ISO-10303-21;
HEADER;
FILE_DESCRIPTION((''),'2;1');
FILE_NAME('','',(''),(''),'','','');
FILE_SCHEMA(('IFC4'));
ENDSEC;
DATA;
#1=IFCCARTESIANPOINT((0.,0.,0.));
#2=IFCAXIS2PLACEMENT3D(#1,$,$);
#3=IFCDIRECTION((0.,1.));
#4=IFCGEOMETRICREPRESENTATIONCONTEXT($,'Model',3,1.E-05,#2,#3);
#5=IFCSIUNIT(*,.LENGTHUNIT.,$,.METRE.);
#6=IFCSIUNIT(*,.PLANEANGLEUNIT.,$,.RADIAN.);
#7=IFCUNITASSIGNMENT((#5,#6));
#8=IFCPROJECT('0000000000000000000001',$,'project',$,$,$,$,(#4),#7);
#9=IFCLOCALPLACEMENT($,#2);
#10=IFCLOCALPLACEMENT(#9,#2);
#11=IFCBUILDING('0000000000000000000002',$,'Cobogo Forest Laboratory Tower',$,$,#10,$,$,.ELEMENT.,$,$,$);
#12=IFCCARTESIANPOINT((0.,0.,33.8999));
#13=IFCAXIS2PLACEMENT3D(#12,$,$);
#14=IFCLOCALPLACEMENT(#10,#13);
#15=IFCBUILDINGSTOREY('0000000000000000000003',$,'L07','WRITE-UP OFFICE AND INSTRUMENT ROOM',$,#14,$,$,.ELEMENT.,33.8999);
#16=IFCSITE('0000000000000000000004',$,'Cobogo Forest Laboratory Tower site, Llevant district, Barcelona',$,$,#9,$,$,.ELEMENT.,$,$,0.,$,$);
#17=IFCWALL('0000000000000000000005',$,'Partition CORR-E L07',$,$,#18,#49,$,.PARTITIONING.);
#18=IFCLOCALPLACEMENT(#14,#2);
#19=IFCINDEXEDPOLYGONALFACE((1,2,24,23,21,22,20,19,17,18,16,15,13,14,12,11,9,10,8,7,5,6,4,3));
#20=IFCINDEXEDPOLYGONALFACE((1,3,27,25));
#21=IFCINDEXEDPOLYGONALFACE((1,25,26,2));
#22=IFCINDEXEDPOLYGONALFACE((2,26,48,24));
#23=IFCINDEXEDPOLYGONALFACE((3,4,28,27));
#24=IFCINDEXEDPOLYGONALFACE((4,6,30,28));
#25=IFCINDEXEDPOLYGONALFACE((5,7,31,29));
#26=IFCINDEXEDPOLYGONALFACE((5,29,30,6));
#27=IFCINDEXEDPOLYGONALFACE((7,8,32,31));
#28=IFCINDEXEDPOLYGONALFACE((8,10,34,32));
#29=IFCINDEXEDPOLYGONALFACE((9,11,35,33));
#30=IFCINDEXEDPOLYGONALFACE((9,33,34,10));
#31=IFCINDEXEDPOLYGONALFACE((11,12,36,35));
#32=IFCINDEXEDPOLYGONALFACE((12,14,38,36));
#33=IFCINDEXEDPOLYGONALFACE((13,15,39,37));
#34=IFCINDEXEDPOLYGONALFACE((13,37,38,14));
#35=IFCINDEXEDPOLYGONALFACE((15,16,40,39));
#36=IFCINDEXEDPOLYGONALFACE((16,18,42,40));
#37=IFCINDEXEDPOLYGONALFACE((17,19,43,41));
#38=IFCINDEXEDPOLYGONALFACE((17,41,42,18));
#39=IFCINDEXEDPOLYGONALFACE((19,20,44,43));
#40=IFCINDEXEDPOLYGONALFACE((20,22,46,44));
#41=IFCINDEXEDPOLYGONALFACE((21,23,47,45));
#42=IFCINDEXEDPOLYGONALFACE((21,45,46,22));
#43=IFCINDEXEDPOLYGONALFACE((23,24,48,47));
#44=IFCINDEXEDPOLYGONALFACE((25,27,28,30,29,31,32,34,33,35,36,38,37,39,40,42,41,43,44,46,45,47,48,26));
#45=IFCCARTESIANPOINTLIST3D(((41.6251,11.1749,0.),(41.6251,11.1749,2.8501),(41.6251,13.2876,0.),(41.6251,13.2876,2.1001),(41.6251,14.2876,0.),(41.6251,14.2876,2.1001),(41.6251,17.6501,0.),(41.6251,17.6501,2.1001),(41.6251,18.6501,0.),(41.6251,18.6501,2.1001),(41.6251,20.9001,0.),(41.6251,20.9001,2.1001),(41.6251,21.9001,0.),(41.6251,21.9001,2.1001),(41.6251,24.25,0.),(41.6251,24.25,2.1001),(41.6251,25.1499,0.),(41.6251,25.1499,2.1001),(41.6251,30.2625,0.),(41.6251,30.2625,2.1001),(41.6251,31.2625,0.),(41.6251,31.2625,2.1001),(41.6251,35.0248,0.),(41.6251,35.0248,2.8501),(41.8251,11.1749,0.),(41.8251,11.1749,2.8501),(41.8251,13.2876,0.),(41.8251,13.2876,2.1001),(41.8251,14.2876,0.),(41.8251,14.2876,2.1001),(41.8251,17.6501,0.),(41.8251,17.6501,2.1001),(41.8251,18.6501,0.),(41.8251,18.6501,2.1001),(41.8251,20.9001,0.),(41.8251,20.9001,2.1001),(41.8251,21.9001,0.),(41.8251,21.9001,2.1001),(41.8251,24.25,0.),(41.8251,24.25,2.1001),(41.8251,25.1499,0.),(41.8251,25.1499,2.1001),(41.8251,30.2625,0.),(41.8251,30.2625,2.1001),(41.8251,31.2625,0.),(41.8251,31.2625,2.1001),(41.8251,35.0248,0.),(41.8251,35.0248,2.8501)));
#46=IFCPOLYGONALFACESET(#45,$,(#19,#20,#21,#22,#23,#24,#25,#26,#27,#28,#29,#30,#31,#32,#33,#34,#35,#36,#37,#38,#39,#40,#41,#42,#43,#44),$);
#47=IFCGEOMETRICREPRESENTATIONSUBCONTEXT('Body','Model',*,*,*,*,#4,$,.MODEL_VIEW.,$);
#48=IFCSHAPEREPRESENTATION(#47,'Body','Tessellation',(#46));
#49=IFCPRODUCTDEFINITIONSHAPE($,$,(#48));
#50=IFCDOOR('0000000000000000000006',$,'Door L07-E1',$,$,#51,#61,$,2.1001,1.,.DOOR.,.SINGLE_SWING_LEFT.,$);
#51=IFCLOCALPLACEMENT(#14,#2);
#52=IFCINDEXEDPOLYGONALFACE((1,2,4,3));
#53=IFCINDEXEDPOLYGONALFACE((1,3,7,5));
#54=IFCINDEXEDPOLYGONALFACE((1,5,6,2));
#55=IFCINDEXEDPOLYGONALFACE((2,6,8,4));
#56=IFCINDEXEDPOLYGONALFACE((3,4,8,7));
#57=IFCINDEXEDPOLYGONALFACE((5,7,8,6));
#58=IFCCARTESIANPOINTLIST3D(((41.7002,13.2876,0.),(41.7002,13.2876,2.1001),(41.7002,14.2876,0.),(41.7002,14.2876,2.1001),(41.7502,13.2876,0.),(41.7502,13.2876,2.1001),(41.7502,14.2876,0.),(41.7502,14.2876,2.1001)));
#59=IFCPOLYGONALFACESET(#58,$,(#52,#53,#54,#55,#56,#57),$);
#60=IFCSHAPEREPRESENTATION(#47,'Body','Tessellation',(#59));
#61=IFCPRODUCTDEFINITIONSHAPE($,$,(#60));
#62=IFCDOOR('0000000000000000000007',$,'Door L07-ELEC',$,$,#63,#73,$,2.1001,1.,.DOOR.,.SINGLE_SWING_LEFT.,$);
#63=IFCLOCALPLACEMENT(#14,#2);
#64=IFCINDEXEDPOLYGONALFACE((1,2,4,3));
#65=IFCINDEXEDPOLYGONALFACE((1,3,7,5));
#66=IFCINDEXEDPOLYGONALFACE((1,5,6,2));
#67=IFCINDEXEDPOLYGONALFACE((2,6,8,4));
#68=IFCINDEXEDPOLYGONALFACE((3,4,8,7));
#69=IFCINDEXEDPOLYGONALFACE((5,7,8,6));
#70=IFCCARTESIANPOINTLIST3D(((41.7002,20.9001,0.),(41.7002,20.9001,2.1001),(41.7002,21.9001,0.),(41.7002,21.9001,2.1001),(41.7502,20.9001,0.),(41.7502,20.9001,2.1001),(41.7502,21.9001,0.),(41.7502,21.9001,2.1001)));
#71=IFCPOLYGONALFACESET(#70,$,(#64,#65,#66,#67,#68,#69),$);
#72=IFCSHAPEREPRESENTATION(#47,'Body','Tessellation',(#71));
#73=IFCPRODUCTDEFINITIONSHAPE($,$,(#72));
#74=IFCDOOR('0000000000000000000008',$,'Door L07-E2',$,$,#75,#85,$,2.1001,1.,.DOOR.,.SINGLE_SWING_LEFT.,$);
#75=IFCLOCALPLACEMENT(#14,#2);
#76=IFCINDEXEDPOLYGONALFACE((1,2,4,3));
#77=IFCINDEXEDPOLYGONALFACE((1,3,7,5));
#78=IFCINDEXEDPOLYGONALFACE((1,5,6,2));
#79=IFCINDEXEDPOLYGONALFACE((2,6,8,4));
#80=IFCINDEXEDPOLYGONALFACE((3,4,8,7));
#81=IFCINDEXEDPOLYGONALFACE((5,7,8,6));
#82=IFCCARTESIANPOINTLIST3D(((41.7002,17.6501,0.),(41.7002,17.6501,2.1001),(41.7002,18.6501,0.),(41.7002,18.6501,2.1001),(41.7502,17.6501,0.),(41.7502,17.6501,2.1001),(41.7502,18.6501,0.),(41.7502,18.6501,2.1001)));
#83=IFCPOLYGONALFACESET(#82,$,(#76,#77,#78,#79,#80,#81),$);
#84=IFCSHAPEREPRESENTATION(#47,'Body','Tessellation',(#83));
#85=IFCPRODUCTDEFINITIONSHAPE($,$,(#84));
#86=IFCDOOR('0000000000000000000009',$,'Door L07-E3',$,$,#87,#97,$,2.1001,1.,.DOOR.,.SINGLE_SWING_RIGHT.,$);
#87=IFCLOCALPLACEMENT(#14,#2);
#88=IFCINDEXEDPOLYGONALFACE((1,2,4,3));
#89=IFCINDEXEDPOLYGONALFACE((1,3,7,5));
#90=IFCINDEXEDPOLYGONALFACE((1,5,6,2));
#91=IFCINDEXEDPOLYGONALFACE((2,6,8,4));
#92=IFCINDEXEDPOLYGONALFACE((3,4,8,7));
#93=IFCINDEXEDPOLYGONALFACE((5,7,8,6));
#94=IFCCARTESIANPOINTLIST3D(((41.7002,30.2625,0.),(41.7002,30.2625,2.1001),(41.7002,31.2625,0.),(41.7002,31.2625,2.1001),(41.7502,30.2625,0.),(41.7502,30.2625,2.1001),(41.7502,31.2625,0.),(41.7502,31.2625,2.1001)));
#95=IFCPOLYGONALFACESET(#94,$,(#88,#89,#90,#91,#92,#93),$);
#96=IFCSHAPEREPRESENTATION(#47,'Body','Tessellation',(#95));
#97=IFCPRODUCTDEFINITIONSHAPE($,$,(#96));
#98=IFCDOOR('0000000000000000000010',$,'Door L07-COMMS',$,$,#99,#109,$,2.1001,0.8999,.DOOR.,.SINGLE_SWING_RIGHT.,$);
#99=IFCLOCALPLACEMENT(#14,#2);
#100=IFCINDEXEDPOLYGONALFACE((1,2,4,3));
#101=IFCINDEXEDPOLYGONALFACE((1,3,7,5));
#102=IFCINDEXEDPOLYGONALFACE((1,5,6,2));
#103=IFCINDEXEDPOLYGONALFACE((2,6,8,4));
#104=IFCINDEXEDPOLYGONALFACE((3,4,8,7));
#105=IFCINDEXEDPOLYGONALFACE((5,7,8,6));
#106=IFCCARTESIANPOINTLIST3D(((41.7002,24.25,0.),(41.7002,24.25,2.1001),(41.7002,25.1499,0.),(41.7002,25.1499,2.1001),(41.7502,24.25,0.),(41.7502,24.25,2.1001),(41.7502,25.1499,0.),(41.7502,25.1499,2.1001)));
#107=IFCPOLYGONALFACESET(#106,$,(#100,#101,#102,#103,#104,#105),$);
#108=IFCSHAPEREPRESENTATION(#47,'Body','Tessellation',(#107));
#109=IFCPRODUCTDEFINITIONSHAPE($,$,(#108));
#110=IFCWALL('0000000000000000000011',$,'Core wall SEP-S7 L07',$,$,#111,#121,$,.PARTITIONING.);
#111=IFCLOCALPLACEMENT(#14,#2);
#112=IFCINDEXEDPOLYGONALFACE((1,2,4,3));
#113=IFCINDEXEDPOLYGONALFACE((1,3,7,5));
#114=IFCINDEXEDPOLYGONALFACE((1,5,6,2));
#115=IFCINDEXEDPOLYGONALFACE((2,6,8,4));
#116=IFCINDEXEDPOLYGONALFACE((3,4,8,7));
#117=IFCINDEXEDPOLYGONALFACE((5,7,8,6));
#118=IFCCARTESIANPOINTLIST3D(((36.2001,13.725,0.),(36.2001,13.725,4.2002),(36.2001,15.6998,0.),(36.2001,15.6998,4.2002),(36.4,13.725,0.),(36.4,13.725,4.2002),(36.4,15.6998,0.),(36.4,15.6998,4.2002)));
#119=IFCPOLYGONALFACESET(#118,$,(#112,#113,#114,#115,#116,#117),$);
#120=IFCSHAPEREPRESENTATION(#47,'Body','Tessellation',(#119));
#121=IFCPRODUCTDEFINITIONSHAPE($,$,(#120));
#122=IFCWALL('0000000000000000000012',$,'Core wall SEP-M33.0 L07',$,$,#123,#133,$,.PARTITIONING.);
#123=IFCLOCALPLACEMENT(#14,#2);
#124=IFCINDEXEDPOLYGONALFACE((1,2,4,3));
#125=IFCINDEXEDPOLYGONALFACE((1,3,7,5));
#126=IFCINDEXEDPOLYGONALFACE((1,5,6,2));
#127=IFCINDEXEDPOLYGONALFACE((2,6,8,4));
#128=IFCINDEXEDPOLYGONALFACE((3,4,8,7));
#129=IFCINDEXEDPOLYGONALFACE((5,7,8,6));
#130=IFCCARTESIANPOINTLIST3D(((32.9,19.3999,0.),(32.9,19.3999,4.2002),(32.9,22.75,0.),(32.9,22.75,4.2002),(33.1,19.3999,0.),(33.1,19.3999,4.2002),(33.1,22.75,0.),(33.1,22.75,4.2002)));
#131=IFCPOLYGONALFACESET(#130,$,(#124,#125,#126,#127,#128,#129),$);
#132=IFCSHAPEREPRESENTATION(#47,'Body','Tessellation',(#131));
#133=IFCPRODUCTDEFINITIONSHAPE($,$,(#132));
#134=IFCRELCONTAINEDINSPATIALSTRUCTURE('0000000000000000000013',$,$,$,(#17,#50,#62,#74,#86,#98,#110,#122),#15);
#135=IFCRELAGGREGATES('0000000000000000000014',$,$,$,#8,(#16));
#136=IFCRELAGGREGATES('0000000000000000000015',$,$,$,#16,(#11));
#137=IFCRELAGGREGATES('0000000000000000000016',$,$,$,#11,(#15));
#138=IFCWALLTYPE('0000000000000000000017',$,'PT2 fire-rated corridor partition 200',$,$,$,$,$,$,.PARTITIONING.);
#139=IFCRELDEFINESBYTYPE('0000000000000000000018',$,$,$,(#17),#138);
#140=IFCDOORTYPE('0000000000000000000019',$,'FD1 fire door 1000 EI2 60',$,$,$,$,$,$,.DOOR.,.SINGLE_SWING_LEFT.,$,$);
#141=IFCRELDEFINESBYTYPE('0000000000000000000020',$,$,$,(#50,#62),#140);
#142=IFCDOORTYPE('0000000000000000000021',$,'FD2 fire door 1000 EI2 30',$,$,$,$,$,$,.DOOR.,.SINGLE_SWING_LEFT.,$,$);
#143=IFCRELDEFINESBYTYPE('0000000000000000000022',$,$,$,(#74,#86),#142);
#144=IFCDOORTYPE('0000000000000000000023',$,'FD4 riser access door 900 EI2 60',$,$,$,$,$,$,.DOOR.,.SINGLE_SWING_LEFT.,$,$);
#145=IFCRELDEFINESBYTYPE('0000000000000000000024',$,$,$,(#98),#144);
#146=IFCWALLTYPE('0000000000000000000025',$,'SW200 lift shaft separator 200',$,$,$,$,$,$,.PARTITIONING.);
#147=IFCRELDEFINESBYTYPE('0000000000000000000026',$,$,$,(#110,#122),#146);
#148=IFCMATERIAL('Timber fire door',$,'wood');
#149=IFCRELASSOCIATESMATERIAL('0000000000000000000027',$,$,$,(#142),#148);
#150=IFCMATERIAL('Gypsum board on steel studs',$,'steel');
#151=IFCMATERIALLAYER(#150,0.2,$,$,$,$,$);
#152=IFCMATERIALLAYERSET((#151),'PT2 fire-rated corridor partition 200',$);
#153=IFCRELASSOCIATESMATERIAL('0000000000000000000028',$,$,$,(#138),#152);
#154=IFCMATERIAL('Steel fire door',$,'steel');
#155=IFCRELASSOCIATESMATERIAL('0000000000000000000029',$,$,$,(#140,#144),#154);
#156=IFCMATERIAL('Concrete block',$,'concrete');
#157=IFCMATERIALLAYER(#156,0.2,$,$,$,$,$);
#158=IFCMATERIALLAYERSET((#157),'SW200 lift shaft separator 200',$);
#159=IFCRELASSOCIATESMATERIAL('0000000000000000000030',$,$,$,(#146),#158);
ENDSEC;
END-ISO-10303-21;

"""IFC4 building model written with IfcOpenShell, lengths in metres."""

from ifc_helpers import new_model, si_unit, direction, frame, frame_2d, origin, place, context, subcontext, project, spatial, rectangle, extrude, material, layer, layer_set, type_object, element, fill, save


model = new_model("IFC4")

# Units and contexts
model_context = context("Model", 3, precision=1e-05, world=origin(), true_north=direction((0.0, 1.0)))
body_context = subcontext(model_context, "Body", "Model", "MODEL_VIEW")
ifc_project = project(units=[si_unit("LENGTHUNIT", "METRE"), si_unit("PLANEANGLEUNIT", "RADIAN")], contexts=[model_context])

# Site, building, storey
site_placement = place(None, origin())
site = spatial("IfcSite", under=ifc_project, at=site_placement, Name="Cobogo Forest Laboratory Tower site, Llevant district, Barcelona", CompositionType="ELEMENT", RefElevation=0.0)
building_placement = place(site_placement, origin())
building = spatial("IfcBuilding", under=site, at=building_placement, Name="Cobogo Forest Laboratory Tower", CompositionType="ELEMENT")
storey_placement = place(building_placement, frame((0.0, 0.0, 33.8999)))
storey = spatial("IfcBuildingStorey", under=building, at=storey_placement, Name="L07", Description="WRITE-UP OFFICE AND INSTRUMENT ROOM", CompositionType="ELEMENT", Elevation=33.8999)

# Shared definitions
ifc_material_1 = material(Name="Steel fire door", Category="steel")

# Shared definitions
ifc_material_2 = material(Name="Gypsum board on steel studs", Category="steel")

# Shared definitions
ifc_material_3 = material(Name="Timber fire door", Category="wood")
door_type_1 = type_object("IfcDoorType", Name="FD2 fire door 1000 EI2 30", OperationType="SINGLE_SWING_LEFT", PredefinedType="DOOR", material=ifc_material_3)

# Wall, openings, doors
ifc_layer_1 = layer(ifc_material_2, 0.2)
ifc_layer_set_1 = layer_set([ifc_layer_1], Name="PT2 fire-rated corridor partition 200")
wall_type_1 = type_object("IfcWallType", Name="PT2 fire-rated corridor partition 200", PredefinedType="PARTITIONING", material=ifc_layer_set_1)
wall_1_placement = place(storey_placement, frame((41.7251, 11.175, 0.0), z_axis=(0.0, 0.0, 1.0), x_axis=(0.0, 1.0, 0.0)))
wall_1 = element("IfcWall", 1, at=wall_1_placement, inside=storey, type_object=wall_type_1, Name="Partition CORR-E L07", PredefinedType="PARTITIONING", context=body_context, shape_type="SweptSolid", body=[
    extrude(rectangle(XDim=23.8499, YDim=0.2, at=frame_2d((11.9248, 0.0))), origin(), (0.0, 0.0, 1.0), 2.8501),
])
opening_1_placement = place(wall_1_placement, frame((2.1125, 0.0, 0.0)))
opening_1 = element("IfcOpeningElement", 2, at=opening_1_placement, cuts=wall_1, PredefinedType="OPENING", context=body_context, shape_type="SweptSolid", body=[
    extrude(rectangle(XDim=1.0, YDim=2.1001, at=frame_2d((0.5, 1.05))), frame((0.0, 0.1099, 0.0), z_axis=(0.0, -1.0, 0.0), x_axis=(1.0, 0.0, 0.0)), (0.0, 0.0, 1.0), 0.22),
])
opening_2_placement = place(wall_1_placement, frame((6.4751, 0.0, 0.0)))
opening_2 = element("IfcOpeningElement", 3, at=opening_2_placement, cuts=wall_1, PredefinedType="OPENING", context=body_context, shape_type="SweptSolid", body=[
    extrude(rectangle(XDim=1.0, YDim=2.1001, at=frame_2d((0.5, 1.05))), frame((0.0, 0.1099, 0.0), z_axis=(0.0, -1.0, 0.0), x_axis=(1.0, 0.0, 0.0)), (0.0, 0.0, 1.0), 0.22),
])
opening_3_placement = place(wall_1_placement, frame((9.7251, 0.0, 0.0)))
opening_3 = element("IfcOpeningElement", 4, at=opening_3_placement, cuts=wall_1, PredefinedType="OPENING", context=body_context, shape_type="SweptSolid", body=[
    extrude(rectangle(XDim=1.0, YDim=2.1001, at=frame_2d((0.5, 1.05))), frame((0.0, 0.1099, 0.0), z_axis=(0.0, -1.0, 0.0), x_axis=(1.0, 0.0, 0.0)), (0.0, 0.0, 1.0), 0.22),
])
opening_4_placement = place(wall_1_placement, frame((13.075, 0.0, 0.0)))
opening_4 = element("IfcOpeningElement", 5, at=opening_4_placement, cuts=wall_1, PredefinedType="OPENING", context=body_context, shape_type="SweptSolid", body=[
    extrude(rectangle(XDim=0.8999, YDim=2.1001, at=frame_2d((0.45, 1.05))), frame((0.0, 0.1099, 0.0), z_axis=(0.0, -1.0, 0.0), x_axis=(1.0, 0.0, 0.0)), (0.0, 0.0, 1.0), 0.22),
])
opening_5_placement = place(wall_1_placement, frame((19.0874, 0.0, 0.0)))
opening_5 = element("IfcOpeningElement", 6, at=opening_5_placement, cuts=wall_1, PredefinedType="OPENING", context=body_context, shape_type="SweptSolid", body=[
    extrude(rectangle(XDim=1.0, YDim=2.1001, at=frame_2d((0.5, 1.05))), frame((0.0, 0.1099, 0.0), z_axis=(0.0, -1.0, 0.0), x_axis=(1.0, 0.0, 0.0)), (0.0, 0.0, 1.0), 0.22),
])
door_type_2 = type_object("IfcDoorType", Name="FD1 fire door 1000 EI2 60", OperationType="SINGLE_SWING_LEFT", PredefinedType="DOOR", material=ifc_material_1)
door_1_placement = place(opening_1_placement, origin())
door_1 = element("IfcDoor", 7, at=door_1_placement, inside=storey, type_object=door_type_2, Name="Door L07-E1", OperationType="SINGLE_SWING_LEFT", OverallHeight=2.1001, OverallWidth=1.0, PredefinedType="DOOR", context=body_context, shape_type="SweptSolid", body=[
    extrude(rectangle(XDim=1.0, YDim=2.1001, at=frame_2d((0.5, 1.05))), frame((0.0, 0.0249, 0.0), z_axis=(0.0, -1.0, 0.0), x_axis=(1.0, 0.0, 0.0)), (0.0, 0.0, 1.0), 0.05),
])
fill(opening_1, door_1)
door_2_placement = place(opening_3_placement, origin())
door_2 = element("IfcDoor", 8, at=door_2_placement, inside=storey, type_object=door_type_2, Name="Door L07-ELEC", OperationType="SINGLE_SWING_LEFT", OverallHeight=2.1001, OverallWidth=1.0, PredefinedType="DOOR", context=body_context, shape_type="SweptSolid", body=[
    extrude(rectangle(XDim=1.0, YDim=2.1001, at=frame_2d((0.5, 1.05))), frame((0.0, 0.0249, 0.0), z_axis=(0.0, -1.0, 0.0), x_axis=(1.0, 0.0, 0.0)), (0.0, 0.0, 1.0), 0.05),
])
fill(opening_3, door_2)
door_3_placement = place(opening_2_placement, origin())
door_3 = element("IfcDoor", 9, at=door_3_placement, inside=storey, type_object=door_type_1, Name="Door L07-E2", OperationType="SINGLE_SWING_LEFT", OverallHeight=2.1001, OverallWidth=1.0, PredefinedType="DOOR", context=body_context, shape_type="SweptSolid", body=[
    extrude(rectangle(XDim=1.0, YDim=2.1001, at=frame_2d((0.5, 1.05))), frame((0.0, 0.0249, 0.0), z_axis=(0.0, -1.0, 0.0), x_axis=(1.0, 0.0, 0.0)), (0.0, 0.0, 1.0), 0.05),
])
fill(opening_2, door_3)
door_4_placement = place(opening_5_placement, origin())
door_4 = element("IfcDoor", 10, at=door_4_placement, inside=storey, type_object=door_type_1, Name="Door L07-E3", OperationType="SINGLE_SWING_RIGHT", OverallHeight=2.1001, OverallWidth=1.0, PredefinedType="DOOR", context=body_context, shape_type="SweptSolid", body=[
    extrude(rectangle(XDim=1.0, YDim=2.1001, at=frame_2d((0.5, 1.05))), frame((0.0, 0.0249, 0.0), z_axis=(0.0, -1.0, 0.0), x_axis=(1.0, 0.0, 0.0)), (0.0, 0.0, 1.0), 0.05),
])
fill(opening_5, door_4)
door_type_3 = type_object("IfcDoorType", Name="FD4 riser access door 900 EI2 60", OperationType="SINGLE_SWING_LEFT", PredefinedType="DOOR", material=ifc_material_1)
door_5_placement = place(opening_4_placement, origin())
door_5 = element("IfcDoor", 11, at=door_5_placement, inside=storey, type_object=door_type_3, Name="Door L07-COMMS", OperationType="SINGLE_SWING_RIGHT", OverallHeight=2.1001, OverallWidth=0.8999, PredefinedType="DOOR", context=body_context, shape_type="SweptSolid", body=[
    extrude(rectangle(XDim=0.8999, YDim=2.1001, at=frame_2d((0.45, 1.05))), frame((0.0, 0.0249, 0.0), z_axis=(0.0, -1.0, 0.0), x_axis=(1.0, 0.0, 0.0)), (0.0, 0.0, 1.0), 0.05),
])
fill(opening_4, door_5)

# Walls
ifc_material_4 = material(Name="Concrete block", Category="concrete")
ifc_layer_2 = layer(ifc_material_4, 0.2)
ifc_layer_set_2 = layer_set([ifc_layer_2], Name="SW200 lift shaft separator 200")
wall_type_2 = type_object("IfcWallType", Name="SW200 lift shaft separator 200", PredefinedType="PARTITIONING", material=ifc_layer_set_2)
wall_2_placement = place(storey_placement, frame((36.3, 13.7251, 0.0), z_axis=(0.0, 0.0, 1.0), x_axis=(0.0, 1.0, 0.0)))
element("IfcWall", 12, at=wall_2_placement, inside=storey, type_object=wall_type_2, Name="Core wall SEP-S7 L07", PredefinedType="PARTITIONING", context=body_context, shape_type="SweptSolid", body=[
    extrude(rectangle(XDim=1.9749, YDim=0.2, at=frame_2d((0.9873, 0.0))), origin(), (0.0, 0.0, 1.0), 4.2002),
])
wall_3_placement = place(storey_placement, frame((33.0, 19.3999, 0.0), z_axis=(0.0, 0.0, 1.0), x_axis=(0.0, 1.0, 0.0)))
element("IfcWall", 13, at=wall_3_placement, inside=storey, type_object=wall_type_2, Name="Core wall SEP-M33.0 L07", PredefinedType="PARTITIONING", context=body_context, shape_type="SweptSolid", body=[
    extrude(rectangle(XDim=3.3501, YDim=0.2, at=frame_2d((1.675, 0.0))), origin(), (0.0, 0.0, 1.0), 4.2002),
])

save(model, "model.ifc")
